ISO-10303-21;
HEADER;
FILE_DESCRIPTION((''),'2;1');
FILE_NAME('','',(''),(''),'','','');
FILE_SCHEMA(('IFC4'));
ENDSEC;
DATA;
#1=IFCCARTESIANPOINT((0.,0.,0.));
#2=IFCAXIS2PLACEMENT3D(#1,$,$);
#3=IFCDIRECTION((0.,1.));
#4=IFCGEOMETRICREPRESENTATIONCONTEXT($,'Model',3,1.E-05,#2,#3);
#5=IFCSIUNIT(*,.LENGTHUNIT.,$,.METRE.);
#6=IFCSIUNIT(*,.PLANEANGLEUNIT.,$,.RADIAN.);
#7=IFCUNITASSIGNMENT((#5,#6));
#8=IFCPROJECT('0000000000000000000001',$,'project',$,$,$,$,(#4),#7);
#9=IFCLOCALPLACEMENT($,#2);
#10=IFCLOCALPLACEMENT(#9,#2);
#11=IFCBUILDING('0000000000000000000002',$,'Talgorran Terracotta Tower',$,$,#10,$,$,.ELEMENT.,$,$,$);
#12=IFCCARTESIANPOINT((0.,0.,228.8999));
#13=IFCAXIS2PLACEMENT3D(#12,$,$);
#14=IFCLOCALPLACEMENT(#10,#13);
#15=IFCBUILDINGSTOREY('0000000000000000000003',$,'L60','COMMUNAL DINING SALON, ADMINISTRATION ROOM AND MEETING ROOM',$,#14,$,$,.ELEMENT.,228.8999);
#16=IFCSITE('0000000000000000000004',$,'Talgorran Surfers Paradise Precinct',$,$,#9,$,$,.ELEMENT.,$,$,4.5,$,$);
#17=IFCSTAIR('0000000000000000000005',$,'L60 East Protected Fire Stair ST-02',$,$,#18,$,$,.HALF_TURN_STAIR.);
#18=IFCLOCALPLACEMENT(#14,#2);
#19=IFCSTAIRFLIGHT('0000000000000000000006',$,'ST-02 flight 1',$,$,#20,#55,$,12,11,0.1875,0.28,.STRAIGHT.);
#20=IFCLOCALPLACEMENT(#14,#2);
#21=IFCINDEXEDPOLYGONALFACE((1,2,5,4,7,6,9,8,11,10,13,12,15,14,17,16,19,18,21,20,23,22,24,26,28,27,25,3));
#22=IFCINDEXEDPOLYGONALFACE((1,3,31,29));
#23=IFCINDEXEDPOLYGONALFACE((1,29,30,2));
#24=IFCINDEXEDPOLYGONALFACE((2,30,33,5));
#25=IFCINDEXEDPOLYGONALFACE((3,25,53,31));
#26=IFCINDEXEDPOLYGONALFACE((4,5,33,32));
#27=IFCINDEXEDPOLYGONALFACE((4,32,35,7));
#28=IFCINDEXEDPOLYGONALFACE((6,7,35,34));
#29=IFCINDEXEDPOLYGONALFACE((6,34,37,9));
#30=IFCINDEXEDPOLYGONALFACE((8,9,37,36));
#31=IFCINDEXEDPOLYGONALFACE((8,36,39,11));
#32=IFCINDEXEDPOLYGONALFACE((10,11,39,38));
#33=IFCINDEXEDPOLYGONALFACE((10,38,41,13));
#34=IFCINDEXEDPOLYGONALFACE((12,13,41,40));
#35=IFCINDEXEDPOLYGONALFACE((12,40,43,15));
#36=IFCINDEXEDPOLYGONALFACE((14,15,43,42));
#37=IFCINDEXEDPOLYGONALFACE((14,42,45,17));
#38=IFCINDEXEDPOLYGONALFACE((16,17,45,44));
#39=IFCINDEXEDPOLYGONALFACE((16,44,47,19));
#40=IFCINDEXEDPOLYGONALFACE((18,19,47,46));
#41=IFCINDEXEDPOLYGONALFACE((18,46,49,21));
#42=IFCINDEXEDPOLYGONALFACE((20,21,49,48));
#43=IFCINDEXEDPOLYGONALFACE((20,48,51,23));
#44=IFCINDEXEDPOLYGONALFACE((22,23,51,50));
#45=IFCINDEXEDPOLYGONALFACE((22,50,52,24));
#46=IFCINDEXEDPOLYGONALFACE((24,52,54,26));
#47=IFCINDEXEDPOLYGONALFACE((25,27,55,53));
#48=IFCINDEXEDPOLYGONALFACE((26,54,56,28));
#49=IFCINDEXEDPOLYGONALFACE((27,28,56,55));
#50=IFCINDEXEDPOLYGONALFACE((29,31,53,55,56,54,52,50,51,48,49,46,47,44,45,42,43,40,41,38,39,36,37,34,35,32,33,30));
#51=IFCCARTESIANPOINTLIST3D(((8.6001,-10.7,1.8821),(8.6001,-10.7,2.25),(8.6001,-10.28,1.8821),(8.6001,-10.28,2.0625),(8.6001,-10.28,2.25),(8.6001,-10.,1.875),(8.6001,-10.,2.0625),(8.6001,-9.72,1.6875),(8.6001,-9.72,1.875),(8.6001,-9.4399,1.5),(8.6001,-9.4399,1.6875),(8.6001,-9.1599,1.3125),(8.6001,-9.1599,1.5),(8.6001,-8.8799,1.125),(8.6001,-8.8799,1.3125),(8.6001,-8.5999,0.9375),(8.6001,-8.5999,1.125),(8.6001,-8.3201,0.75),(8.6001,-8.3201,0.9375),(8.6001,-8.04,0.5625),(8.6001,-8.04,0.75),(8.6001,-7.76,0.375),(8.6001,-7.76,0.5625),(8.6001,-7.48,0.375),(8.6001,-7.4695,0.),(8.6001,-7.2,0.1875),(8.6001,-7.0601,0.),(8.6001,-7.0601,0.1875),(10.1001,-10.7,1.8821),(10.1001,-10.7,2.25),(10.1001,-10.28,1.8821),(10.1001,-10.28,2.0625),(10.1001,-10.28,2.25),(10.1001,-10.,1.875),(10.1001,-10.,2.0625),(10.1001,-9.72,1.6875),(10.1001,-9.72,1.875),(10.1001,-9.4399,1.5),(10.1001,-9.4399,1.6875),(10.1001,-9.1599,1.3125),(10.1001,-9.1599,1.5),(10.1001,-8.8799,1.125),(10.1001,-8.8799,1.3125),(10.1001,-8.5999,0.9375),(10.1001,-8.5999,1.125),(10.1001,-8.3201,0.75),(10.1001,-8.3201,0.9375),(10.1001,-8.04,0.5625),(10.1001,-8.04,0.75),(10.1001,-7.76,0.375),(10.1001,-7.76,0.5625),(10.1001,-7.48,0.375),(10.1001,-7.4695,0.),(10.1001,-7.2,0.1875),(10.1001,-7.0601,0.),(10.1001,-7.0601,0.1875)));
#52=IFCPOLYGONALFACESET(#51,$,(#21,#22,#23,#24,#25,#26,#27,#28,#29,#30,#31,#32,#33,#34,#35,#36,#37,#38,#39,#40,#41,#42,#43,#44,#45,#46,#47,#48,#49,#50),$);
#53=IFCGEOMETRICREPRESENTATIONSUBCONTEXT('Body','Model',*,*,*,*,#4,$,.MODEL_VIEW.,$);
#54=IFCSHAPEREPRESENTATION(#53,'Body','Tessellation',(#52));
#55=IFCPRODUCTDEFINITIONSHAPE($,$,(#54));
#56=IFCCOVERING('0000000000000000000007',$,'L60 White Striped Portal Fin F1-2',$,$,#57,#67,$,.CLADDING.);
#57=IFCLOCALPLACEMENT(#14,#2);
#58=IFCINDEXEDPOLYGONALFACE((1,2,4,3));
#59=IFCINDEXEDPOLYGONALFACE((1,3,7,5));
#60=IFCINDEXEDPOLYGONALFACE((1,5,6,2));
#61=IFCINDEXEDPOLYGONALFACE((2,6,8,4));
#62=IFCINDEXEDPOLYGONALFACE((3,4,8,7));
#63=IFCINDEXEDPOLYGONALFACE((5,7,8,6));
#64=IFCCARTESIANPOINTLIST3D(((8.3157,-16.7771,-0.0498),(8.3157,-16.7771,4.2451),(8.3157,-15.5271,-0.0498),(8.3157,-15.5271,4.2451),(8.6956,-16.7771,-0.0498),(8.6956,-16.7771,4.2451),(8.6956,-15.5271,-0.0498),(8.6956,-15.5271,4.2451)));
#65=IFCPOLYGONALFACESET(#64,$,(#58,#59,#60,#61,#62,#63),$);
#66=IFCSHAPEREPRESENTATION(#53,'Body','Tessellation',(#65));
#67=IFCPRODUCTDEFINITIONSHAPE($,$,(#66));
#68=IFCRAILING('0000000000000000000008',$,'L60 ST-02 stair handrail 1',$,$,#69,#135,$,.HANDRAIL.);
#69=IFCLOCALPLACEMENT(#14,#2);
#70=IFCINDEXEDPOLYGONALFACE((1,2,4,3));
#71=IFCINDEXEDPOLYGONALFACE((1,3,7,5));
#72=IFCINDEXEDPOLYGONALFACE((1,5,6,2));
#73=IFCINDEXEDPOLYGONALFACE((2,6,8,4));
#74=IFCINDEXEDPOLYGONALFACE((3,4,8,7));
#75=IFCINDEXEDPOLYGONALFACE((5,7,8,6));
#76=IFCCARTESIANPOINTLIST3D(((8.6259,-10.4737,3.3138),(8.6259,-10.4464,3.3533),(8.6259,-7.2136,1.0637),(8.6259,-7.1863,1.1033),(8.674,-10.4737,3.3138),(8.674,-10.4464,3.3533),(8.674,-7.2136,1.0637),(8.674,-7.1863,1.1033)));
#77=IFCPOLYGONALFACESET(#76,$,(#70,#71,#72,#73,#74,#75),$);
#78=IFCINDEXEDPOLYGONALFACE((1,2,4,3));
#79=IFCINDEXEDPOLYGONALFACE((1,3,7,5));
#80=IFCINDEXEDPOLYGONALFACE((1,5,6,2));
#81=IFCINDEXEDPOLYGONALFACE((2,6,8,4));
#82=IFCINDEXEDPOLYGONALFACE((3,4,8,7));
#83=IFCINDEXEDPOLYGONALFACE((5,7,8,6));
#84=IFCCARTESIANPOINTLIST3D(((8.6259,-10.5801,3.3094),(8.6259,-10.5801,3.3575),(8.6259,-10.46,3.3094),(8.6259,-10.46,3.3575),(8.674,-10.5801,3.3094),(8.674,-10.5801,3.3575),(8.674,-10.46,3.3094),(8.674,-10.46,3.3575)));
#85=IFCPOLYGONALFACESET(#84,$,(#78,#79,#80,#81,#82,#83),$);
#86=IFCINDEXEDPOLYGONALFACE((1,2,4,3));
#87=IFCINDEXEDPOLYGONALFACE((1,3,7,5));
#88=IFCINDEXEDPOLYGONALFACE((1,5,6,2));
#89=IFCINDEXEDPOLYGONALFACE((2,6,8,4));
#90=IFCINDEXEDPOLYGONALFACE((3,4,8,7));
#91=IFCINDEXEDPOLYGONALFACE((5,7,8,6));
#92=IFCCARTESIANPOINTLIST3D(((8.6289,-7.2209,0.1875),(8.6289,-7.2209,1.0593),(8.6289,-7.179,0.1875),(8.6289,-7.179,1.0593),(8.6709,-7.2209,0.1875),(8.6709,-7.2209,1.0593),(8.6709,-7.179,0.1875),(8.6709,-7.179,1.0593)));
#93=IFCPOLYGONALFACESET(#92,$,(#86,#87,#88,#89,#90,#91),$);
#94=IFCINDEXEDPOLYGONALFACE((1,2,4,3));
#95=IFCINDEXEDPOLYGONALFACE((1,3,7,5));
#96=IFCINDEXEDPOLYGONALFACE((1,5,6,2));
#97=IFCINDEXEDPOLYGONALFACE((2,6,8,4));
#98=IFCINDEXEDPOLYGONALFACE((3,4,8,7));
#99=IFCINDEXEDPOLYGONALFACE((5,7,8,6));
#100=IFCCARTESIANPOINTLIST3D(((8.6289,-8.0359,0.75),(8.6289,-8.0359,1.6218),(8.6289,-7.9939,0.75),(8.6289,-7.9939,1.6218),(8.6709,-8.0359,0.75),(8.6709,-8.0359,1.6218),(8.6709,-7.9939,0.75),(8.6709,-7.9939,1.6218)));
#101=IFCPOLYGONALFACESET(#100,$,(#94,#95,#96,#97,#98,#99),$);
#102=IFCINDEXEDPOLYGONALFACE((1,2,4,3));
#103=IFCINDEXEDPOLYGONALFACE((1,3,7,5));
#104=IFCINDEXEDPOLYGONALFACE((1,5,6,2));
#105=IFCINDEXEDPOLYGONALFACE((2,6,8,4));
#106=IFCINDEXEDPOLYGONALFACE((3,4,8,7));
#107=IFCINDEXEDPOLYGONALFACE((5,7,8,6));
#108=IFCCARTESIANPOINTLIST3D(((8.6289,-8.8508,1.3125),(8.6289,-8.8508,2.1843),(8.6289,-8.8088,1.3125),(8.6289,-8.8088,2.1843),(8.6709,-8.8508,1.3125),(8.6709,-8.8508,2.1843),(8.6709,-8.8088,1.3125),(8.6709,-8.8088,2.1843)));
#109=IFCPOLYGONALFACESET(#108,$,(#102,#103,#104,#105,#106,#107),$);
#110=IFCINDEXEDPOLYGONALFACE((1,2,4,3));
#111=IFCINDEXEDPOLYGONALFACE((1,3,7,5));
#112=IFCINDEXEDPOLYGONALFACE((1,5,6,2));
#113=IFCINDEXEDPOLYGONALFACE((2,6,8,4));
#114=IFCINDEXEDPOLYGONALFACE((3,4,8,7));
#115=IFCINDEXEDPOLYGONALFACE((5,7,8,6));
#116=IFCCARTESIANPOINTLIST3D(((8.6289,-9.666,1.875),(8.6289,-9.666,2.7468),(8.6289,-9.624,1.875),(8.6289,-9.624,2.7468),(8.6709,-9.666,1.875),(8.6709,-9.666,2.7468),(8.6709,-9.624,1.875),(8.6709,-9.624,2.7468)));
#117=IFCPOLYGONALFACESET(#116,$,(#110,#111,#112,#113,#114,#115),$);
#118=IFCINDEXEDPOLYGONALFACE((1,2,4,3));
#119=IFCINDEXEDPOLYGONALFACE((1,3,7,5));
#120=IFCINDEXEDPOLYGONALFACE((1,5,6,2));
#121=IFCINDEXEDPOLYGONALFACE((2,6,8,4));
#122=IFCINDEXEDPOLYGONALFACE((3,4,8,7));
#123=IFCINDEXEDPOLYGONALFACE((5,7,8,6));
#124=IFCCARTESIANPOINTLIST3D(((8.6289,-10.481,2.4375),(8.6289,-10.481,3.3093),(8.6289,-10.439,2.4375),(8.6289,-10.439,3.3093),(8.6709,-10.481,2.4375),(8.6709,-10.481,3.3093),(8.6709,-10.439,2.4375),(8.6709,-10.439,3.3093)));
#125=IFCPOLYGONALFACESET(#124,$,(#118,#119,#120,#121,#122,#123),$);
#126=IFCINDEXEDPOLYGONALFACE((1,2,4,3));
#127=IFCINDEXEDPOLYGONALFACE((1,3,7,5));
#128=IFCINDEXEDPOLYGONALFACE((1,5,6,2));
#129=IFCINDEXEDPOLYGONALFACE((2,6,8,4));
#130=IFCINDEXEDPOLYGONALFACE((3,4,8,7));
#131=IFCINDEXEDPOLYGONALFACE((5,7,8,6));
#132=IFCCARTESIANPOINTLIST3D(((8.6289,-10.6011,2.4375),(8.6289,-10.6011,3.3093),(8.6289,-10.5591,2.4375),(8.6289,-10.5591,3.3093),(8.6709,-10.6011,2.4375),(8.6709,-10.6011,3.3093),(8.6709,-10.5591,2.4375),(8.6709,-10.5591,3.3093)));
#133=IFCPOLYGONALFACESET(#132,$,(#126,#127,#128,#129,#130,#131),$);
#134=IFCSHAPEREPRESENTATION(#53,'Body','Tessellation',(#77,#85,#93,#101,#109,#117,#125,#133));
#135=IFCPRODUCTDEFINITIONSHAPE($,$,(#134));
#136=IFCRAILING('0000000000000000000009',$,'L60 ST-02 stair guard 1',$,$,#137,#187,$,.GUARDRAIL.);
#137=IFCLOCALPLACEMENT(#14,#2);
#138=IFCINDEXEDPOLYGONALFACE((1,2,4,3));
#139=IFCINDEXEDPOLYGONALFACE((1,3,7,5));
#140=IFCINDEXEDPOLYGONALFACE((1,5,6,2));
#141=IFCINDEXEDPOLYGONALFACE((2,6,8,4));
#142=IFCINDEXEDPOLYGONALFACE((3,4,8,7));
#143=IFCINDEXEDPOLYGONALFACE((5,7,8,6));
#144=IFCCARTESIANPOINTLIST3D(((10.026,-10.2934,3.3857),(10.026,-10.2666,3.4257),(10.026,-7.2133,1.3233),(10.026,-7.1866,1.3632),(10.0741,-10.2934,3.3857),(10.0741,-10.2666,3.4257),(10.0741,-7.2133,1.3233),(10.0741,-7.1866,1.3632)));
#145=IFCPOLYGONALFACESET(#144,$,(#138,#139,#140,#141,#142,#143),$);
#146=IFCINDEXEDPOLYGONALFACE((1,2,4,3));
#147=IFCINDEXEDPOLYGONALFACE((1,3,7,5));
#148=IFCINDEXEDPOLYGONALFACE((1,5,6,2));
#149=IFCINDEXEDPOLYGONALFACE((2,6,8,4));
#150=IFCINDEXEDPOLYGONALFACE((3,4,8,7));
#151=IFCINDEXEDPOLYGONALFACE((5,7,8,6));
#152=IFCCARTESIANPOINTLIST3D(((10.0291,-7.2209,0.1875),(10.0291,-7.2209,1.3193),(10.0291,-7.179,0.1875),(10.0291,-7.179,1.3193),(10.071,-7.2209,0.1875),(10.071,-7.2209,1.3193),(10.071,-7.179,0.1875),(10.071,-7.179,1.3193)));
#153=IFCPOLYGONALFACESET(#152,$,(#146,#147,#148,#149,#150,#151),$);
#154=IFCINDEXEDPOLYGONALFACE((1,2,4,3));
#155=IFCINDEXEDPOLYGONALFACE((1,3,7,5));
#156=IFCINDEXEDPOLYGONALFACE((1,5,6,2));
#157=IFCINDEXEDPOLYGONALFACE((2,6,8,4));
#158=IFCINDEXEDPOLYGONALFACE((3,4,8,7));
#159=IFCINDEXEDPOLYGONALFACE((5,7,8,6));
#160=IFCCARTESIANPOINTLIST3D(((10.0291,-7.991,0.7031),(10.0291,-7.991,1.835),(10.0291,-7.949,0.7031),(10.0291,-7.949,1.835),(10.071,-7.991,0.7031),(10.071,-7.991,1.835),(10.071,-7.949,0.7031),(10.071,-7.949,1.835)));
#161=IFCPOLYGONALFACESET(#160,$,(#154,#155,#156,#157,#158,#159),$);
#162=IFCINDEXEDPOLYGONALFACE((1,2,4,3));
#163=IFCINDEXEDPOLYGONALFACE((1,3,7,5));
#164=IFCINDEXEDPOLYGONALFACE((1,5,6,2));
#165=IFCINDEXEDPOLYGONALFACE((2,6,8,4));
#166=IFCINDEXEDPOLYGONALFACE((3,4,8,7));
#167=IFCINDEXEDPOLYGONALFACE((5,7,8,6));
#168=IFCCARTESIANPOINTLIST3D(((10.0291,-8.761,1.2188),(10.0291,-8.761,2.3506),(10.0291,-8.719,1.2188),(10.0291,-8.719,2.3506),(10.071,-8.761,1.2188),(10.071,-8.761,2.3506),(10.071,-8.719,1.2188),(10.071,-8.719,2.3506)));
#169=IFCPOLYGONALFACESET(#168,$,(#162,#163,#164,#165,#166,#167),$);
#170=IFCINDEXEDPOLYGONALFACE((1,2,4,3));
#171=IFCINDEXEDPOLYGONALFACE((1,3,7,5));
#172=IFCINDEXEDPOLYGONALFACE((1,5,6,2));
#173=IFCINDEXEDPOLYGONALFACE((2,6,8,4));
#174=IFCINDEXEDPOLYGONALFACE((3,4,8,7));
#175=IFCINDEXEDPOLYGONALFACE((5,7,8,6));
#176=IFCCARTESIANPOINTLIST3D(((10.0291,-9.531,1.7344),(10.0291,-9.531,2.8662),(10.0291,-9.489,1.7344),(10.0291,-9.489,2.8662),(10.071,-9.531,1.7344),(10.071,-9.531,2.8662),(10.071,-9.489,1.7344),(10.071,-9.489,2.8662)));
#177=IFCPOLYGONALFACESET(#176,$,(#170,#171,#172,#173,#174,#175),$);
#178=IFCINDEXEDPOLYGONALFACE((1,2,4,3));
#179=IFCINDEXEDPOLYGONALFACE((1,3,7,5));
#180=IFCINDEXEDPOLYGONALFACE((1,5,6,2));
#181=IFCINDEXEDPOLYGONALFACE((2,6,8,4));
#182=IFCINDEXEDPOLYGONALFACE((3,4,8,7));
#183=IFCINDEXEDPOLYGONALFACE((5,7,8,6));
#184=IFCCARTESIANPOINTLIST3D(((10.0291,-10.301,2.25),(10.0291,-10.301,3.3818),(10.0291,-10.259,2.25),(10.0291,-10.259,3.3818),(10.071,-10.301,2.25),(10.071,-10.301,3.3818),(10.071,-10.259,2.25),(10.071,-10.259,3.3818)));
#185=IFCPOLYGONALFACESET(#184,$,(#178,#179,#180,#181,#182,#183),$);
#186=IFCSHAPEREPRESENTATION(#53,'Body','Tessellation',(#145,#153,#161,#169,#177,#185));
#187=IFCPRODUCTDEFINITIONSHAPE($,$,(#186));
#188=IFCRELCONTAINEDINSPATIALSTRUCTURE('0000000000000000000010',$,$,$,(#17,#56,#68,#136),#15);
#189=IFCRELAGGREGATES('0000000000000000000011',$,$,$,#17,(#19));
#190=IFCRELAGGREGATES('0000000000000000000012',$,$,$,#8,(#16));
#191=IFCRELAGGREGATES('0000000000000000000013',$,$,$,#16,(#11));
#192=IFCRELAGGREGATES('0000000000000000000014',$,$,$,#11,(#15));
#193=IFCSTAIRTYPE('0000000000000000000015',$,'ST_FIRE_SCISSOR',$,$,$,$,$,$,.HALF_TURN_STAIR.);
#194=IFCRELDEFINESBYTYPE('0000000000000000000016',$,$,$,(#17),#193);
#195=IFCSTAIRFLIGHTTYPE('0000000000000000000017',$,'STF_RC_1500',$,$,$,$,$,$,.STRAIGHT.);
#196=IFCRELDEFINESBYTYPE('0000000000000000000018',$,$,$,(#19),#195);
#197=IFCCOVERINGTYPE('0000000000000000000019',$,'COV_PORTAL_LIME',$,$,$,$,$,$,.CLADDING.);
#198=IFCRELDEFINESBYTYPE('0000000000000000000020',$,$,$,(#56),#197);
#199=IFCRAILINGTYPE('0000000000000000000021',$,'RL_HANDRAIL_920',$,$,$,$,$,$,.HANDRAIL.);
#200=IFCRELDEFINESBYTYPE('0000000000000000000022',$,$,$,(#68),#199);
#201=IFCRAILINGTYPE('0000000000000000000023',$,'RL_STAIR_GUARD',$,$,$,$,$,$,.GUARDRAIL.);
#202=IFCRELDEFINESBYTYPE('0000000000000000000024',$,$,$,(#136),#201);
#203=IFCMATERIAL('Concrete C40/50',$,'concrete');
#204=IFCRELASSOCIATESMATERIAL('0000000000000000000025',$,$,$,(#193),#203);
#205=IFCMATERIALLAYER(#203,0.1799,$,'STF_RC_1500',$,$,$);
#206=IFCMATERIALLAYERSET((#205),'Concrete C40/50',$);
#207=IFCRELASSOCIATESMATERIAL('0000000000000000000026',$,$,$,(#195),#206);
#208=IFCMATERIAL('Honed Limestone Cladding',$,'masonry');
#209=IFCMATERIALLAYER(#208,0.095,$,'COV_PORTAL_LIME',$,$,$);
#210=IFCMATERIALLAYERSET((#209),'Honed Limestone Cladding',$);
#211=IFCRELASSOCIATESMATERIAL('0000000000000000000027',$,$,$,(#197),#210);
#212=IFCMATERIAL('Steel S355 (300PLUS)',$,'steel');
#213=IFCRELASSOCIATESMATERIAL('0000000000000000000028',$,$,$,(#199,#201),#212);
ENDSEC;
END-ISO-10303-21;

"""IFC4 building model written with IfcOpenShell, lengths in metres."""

from ifc_helpers import new_model, si_unit, direction, frame, origin, origin_2d, place, context, subcontext, project, spatial, polyline, rectangle, outline, extrude, material, layer, layer_set, type_object, element, aggregate, save


model = new_model("IFC4")

# Units and contexts
model_context = context("Model", 3, precision=1e-05, world=origin(), true_north=direction((0.0, 1.0)))
body_context = subcontext(model_context, "Body", "Model", "MODEL_VIEW")
ifc_project = project(units=[si_unit("LENGTHUNIT", "METRE"), si_unit("PLANEANGLEUNIT", "RADIAN")], contexts=[model_context])

# Site, building, storey
site_placement = place(None, origin())
site = spatial("IfcSite", under=ifc_project, at=site_placement, Name="Talgorran Surfers Paradise Precinct", CompositionType="ELEMENT", RefElevation=4.5)
building_placement = place(site_placement, origin())
building = spatial("IfcBuilding", under=site, at=building_placement, Name="Talgorran Terracotta Tower", CompositionType="ELEMENT")
storey_placement = place(building_placement, frame((0.0, 0.0, 228.8999)))
storey = spatial("IfcBuildingStorey", under=building, at=storey_placement, Name="L60", Description="COMMUNAL DINING SALON, ADMINISTRATION ROOM AND MEETING ROOM", CompositionType="ELEMENT", Elevation=228.8999)

# Shared definitions
ifc_material_1 = material(Name="Steel S355 (300PLUS)", Category="steel")

# Stair, stair flight
ifc_material_2 = material(Name="Concrete C40/50", Category="concrete")
stair_type = type_object("IfcStairType", Name="ST_FIRE_SCISSOR", PredefinedType="HALF_TURN_STAIR", material=ifc_material_2)
stair_placement = place(storey_placement, origin())
stair = element("IfcStair", 1, at=stair_placement, inside=storey, type_object=stair_type, Name="L60 East Protected Fire Stair ST-02", PredefinedType="HALF_TURN_STAIR")
ifc_layer_1 = layer(ifc_material_2, 0.1799, Name="STF_RC_1500")
ifc_layer_set_1 = layer_set([ifc_layer_1], Name="Concrete C40/50")
stair_flight_type = type_object("IfcStairFlightType", Name="STF_RC_1500", PredefinedType="STRAIGHT", material=ifc_layer_set_1)
stair_flight_placement = place(storey_placement, frame((9.3501, -7.2, 0.0), z_axis=(0.0, 0.0, 1.0), x_axis=(0.0, -1.0, 0.0)))
stair_flight = element("IfcStairFlight", 2, at=stair_flight_placement, type_object=stair_flight_type, Name="ST-02 flight 1", NumberOfRisers=12, NumberOfTreads=11, PredefinedType="STRAIGHT", RiserHeight=0.1875, TreadLength=0.28, context=body_context, shape_type="SweptSolid", body=[
    extrude(outline(polyline([(-0.1399, 0.0), (-0.1399, 0.1875), (0.0, 0.1875), (0.28, 0.375), (0.5601, 0.375), (0.5601, 0.5625), (0.8401, 0.5625), (0.8401, 0.75), (1.1201, 0.75), (1.1201, 0.9375), (1.3999, 0.9375), (1.3999, 1.125), (1.6799, 1.125), (1.6799, 1.3125), (1.96, 1.3125), (1.96, 1.5), (2.24, 1.5), (2.24, 1.6875), (2.52, 1.6875), (2.52, 1.875), (2.8, 1.875), (2.8, 2.0625), (3.0801, 2.0625), (3.0801, 2.25), (3.5, 2.25), (3.5, 1.8821), (3.0801, 1.8821), (0.2695, 0.0), (-0.1399, 0.0)])), frame((0.0, 0.75, 0.0), z_axis=(0.0, -1.0, 0.0), x_axis=(1.0, 0.0, 0.0)), (0.0, 0.0, 1.0), 1.5),
])
aggregate(stair, [stair_flight])

# Covering
ifc_material_3 = material(Name="Honed Limestone Cladding", Category="masonry")
ifc_layer_2 = layer(ifc_material_3, 0.095, Name="COV_PORTAL_LIME")
ifc_layer_set_2 = layer_set([ifc_layer_2], Name="Honed Limestone Cladding")
covering_type = type_object("IfcCoveringType", Name="COV_PORTAL_LIME", PredefinedType="CLADDING", material=ifc_layer_set_2)
covering_placement = place(storey_placement, frame((8.5056, -16.1521, -0.0498), z_axis=(0.0, 0.0, 1.0), x_axis=(1.0, 0.0, 0.0)))
element("IfcCovering", 3, at=covering_placement, inside=storey, type_object=covering_type, Name="L60 White Striped Portal Fin F1-2", PredefinedType="CLADDING", context=body_context, shape_type="SweptSolid", body=[
    extrude(rectangle(XDim=0.3799, YDim=1.25, at=origin_2d()), origin(), (0.0, 0.0, 1.0), 4.2949),
])

# Railings
railing_type_1 = type_object("IfcRailingType", Name="RL_HANDRAIL_920", PredefinedType="HANDRAIL", material=ifc_material_1)
railing_1_placement = place(storey_placement, frame((8.6499, -7.2, 0.1875)))
element("IfcRailing", 4, at=railing_1_placement, inside=storey, type_object=railing_type_1, Name="L60 ST-02 stair handrail 1", PredefinedType="HANDRAIL", context=body_context, shape_type="SweptSolid", body=[
    extrude(rectangle(XDim=0.0481, YDim=0.0481, at=origin_2d()), frame((0.0, 0.0, 0.896), z_axis=(0.0, -0.82301, 0.568027), x_axis=(1.0, 0.0, 0.0)), (0.0, 0.0, 1.0), 3.9612),
    extrude(rectangle(XDim=0.0481, YDim=0.0481, at=origin_2d()), frame((0.0, -3.26, 3.146), z_axis=(0.0, -1.0, 0.0), x_axis=(1.0, 0.0, 0.0)), (0.0, 0.0, 1.0), 0.1201),
    extrude(rectangle(XDim=0.042, YDim=0.042, at=origin_2d()), origin(), (0.0, 0.0, 1.0), 0.8718),
    extrude(rectangle(XDim=0.042, YDim=0.042, at=origin_2d()), frame((0.0, -0.8149, 0.5625)), (0.0, 0.0, 1.0), 0.8718),
    extrude(rectangle(XDim=0.042, YDim=0.042, at=origin_2d()), frame((0.0, -1.6299, 1.125)), (0.0, 0.0, 1.0), 0.8718),
    extrude(rectangle(XDim=0.042, YDim=0.042, at=origin_2d()), frame((0.0, -2.4451, 1.6875)), (0.0, 0.0, 1.0), 0.8718),
    extrude(rectangle(XDim=0.042, YDim=0.042, at=origin_2d()), frame((0.0, -3.26, 2.25)), (0.0, 0.0, 1.0), 0.8718),
    extrude(rectangle(XDim=0.042, YDim=0.042, at=origin_2d()), frame((0.0, -3.3801, 2.25)), (0.0, 0.0, 1.0), 0.8718),
])
railing_type_2 = type_object("IfcRailingType", Name="RL_STAIR_GUARD", PredefinedType="GUARDRAIL", material=ifc_material_1)
railing_2_placement = place(storey_placement, frame((10.05, -7.2, 0.1875)))
element("IfcRailing", 5, at=railing_2_placement, inside=storey, type_object=railing_type_2, Name="L60 ST-02 stair guard 1", PredefinedType="GUARDRAIL", context=body_context, shape_type="SweptSolid", body=[
    extrude(rectangle(XDim=0.0481, YDim=0.0481, at=origin_2d()), frame((0.0, 0.0, 1.1558), z_axis=(0.0, -0.830914, 0.556401), x_axis=(1.0, 0.0, 0.0)), (0.0, 0.0, 1.0), 3.7068),
    extrude(rectangle(XDim=0.042, YDim=0.042, at=origin_2d()), origin(), (0.0, 0.0, 1.0), 1.1318),
    extrude(rectangle(XDim=0.042, YDim=0.042, at=origin_2d()), frame((0.0, -0.77, 0.5156)), (0.0, 0.0, 1.0), 1.1318),
    extrude(rectangle(XDim=0.042, YDim=0.042, at=origin_2d()), frame((0.0, -1.54, 1.0312)), (0.0, 0.0, 1.0), 1.1318),
    extrude(rectangle(XDim=0.042, YDim=0.042, at=origin_2d()), frame((0.0, -2.3101, 1.5469)), (0.0, 0.0, 1.0), 1.1318),
    extrude(rectangle(XDim=0.042, YDim=0.042, at=origin_2d()), frame((0.0, -3.0801, 2.0625)), (0.0, 0.0, 1.0), 1.1318),
])

save(model, "model.ifc")
